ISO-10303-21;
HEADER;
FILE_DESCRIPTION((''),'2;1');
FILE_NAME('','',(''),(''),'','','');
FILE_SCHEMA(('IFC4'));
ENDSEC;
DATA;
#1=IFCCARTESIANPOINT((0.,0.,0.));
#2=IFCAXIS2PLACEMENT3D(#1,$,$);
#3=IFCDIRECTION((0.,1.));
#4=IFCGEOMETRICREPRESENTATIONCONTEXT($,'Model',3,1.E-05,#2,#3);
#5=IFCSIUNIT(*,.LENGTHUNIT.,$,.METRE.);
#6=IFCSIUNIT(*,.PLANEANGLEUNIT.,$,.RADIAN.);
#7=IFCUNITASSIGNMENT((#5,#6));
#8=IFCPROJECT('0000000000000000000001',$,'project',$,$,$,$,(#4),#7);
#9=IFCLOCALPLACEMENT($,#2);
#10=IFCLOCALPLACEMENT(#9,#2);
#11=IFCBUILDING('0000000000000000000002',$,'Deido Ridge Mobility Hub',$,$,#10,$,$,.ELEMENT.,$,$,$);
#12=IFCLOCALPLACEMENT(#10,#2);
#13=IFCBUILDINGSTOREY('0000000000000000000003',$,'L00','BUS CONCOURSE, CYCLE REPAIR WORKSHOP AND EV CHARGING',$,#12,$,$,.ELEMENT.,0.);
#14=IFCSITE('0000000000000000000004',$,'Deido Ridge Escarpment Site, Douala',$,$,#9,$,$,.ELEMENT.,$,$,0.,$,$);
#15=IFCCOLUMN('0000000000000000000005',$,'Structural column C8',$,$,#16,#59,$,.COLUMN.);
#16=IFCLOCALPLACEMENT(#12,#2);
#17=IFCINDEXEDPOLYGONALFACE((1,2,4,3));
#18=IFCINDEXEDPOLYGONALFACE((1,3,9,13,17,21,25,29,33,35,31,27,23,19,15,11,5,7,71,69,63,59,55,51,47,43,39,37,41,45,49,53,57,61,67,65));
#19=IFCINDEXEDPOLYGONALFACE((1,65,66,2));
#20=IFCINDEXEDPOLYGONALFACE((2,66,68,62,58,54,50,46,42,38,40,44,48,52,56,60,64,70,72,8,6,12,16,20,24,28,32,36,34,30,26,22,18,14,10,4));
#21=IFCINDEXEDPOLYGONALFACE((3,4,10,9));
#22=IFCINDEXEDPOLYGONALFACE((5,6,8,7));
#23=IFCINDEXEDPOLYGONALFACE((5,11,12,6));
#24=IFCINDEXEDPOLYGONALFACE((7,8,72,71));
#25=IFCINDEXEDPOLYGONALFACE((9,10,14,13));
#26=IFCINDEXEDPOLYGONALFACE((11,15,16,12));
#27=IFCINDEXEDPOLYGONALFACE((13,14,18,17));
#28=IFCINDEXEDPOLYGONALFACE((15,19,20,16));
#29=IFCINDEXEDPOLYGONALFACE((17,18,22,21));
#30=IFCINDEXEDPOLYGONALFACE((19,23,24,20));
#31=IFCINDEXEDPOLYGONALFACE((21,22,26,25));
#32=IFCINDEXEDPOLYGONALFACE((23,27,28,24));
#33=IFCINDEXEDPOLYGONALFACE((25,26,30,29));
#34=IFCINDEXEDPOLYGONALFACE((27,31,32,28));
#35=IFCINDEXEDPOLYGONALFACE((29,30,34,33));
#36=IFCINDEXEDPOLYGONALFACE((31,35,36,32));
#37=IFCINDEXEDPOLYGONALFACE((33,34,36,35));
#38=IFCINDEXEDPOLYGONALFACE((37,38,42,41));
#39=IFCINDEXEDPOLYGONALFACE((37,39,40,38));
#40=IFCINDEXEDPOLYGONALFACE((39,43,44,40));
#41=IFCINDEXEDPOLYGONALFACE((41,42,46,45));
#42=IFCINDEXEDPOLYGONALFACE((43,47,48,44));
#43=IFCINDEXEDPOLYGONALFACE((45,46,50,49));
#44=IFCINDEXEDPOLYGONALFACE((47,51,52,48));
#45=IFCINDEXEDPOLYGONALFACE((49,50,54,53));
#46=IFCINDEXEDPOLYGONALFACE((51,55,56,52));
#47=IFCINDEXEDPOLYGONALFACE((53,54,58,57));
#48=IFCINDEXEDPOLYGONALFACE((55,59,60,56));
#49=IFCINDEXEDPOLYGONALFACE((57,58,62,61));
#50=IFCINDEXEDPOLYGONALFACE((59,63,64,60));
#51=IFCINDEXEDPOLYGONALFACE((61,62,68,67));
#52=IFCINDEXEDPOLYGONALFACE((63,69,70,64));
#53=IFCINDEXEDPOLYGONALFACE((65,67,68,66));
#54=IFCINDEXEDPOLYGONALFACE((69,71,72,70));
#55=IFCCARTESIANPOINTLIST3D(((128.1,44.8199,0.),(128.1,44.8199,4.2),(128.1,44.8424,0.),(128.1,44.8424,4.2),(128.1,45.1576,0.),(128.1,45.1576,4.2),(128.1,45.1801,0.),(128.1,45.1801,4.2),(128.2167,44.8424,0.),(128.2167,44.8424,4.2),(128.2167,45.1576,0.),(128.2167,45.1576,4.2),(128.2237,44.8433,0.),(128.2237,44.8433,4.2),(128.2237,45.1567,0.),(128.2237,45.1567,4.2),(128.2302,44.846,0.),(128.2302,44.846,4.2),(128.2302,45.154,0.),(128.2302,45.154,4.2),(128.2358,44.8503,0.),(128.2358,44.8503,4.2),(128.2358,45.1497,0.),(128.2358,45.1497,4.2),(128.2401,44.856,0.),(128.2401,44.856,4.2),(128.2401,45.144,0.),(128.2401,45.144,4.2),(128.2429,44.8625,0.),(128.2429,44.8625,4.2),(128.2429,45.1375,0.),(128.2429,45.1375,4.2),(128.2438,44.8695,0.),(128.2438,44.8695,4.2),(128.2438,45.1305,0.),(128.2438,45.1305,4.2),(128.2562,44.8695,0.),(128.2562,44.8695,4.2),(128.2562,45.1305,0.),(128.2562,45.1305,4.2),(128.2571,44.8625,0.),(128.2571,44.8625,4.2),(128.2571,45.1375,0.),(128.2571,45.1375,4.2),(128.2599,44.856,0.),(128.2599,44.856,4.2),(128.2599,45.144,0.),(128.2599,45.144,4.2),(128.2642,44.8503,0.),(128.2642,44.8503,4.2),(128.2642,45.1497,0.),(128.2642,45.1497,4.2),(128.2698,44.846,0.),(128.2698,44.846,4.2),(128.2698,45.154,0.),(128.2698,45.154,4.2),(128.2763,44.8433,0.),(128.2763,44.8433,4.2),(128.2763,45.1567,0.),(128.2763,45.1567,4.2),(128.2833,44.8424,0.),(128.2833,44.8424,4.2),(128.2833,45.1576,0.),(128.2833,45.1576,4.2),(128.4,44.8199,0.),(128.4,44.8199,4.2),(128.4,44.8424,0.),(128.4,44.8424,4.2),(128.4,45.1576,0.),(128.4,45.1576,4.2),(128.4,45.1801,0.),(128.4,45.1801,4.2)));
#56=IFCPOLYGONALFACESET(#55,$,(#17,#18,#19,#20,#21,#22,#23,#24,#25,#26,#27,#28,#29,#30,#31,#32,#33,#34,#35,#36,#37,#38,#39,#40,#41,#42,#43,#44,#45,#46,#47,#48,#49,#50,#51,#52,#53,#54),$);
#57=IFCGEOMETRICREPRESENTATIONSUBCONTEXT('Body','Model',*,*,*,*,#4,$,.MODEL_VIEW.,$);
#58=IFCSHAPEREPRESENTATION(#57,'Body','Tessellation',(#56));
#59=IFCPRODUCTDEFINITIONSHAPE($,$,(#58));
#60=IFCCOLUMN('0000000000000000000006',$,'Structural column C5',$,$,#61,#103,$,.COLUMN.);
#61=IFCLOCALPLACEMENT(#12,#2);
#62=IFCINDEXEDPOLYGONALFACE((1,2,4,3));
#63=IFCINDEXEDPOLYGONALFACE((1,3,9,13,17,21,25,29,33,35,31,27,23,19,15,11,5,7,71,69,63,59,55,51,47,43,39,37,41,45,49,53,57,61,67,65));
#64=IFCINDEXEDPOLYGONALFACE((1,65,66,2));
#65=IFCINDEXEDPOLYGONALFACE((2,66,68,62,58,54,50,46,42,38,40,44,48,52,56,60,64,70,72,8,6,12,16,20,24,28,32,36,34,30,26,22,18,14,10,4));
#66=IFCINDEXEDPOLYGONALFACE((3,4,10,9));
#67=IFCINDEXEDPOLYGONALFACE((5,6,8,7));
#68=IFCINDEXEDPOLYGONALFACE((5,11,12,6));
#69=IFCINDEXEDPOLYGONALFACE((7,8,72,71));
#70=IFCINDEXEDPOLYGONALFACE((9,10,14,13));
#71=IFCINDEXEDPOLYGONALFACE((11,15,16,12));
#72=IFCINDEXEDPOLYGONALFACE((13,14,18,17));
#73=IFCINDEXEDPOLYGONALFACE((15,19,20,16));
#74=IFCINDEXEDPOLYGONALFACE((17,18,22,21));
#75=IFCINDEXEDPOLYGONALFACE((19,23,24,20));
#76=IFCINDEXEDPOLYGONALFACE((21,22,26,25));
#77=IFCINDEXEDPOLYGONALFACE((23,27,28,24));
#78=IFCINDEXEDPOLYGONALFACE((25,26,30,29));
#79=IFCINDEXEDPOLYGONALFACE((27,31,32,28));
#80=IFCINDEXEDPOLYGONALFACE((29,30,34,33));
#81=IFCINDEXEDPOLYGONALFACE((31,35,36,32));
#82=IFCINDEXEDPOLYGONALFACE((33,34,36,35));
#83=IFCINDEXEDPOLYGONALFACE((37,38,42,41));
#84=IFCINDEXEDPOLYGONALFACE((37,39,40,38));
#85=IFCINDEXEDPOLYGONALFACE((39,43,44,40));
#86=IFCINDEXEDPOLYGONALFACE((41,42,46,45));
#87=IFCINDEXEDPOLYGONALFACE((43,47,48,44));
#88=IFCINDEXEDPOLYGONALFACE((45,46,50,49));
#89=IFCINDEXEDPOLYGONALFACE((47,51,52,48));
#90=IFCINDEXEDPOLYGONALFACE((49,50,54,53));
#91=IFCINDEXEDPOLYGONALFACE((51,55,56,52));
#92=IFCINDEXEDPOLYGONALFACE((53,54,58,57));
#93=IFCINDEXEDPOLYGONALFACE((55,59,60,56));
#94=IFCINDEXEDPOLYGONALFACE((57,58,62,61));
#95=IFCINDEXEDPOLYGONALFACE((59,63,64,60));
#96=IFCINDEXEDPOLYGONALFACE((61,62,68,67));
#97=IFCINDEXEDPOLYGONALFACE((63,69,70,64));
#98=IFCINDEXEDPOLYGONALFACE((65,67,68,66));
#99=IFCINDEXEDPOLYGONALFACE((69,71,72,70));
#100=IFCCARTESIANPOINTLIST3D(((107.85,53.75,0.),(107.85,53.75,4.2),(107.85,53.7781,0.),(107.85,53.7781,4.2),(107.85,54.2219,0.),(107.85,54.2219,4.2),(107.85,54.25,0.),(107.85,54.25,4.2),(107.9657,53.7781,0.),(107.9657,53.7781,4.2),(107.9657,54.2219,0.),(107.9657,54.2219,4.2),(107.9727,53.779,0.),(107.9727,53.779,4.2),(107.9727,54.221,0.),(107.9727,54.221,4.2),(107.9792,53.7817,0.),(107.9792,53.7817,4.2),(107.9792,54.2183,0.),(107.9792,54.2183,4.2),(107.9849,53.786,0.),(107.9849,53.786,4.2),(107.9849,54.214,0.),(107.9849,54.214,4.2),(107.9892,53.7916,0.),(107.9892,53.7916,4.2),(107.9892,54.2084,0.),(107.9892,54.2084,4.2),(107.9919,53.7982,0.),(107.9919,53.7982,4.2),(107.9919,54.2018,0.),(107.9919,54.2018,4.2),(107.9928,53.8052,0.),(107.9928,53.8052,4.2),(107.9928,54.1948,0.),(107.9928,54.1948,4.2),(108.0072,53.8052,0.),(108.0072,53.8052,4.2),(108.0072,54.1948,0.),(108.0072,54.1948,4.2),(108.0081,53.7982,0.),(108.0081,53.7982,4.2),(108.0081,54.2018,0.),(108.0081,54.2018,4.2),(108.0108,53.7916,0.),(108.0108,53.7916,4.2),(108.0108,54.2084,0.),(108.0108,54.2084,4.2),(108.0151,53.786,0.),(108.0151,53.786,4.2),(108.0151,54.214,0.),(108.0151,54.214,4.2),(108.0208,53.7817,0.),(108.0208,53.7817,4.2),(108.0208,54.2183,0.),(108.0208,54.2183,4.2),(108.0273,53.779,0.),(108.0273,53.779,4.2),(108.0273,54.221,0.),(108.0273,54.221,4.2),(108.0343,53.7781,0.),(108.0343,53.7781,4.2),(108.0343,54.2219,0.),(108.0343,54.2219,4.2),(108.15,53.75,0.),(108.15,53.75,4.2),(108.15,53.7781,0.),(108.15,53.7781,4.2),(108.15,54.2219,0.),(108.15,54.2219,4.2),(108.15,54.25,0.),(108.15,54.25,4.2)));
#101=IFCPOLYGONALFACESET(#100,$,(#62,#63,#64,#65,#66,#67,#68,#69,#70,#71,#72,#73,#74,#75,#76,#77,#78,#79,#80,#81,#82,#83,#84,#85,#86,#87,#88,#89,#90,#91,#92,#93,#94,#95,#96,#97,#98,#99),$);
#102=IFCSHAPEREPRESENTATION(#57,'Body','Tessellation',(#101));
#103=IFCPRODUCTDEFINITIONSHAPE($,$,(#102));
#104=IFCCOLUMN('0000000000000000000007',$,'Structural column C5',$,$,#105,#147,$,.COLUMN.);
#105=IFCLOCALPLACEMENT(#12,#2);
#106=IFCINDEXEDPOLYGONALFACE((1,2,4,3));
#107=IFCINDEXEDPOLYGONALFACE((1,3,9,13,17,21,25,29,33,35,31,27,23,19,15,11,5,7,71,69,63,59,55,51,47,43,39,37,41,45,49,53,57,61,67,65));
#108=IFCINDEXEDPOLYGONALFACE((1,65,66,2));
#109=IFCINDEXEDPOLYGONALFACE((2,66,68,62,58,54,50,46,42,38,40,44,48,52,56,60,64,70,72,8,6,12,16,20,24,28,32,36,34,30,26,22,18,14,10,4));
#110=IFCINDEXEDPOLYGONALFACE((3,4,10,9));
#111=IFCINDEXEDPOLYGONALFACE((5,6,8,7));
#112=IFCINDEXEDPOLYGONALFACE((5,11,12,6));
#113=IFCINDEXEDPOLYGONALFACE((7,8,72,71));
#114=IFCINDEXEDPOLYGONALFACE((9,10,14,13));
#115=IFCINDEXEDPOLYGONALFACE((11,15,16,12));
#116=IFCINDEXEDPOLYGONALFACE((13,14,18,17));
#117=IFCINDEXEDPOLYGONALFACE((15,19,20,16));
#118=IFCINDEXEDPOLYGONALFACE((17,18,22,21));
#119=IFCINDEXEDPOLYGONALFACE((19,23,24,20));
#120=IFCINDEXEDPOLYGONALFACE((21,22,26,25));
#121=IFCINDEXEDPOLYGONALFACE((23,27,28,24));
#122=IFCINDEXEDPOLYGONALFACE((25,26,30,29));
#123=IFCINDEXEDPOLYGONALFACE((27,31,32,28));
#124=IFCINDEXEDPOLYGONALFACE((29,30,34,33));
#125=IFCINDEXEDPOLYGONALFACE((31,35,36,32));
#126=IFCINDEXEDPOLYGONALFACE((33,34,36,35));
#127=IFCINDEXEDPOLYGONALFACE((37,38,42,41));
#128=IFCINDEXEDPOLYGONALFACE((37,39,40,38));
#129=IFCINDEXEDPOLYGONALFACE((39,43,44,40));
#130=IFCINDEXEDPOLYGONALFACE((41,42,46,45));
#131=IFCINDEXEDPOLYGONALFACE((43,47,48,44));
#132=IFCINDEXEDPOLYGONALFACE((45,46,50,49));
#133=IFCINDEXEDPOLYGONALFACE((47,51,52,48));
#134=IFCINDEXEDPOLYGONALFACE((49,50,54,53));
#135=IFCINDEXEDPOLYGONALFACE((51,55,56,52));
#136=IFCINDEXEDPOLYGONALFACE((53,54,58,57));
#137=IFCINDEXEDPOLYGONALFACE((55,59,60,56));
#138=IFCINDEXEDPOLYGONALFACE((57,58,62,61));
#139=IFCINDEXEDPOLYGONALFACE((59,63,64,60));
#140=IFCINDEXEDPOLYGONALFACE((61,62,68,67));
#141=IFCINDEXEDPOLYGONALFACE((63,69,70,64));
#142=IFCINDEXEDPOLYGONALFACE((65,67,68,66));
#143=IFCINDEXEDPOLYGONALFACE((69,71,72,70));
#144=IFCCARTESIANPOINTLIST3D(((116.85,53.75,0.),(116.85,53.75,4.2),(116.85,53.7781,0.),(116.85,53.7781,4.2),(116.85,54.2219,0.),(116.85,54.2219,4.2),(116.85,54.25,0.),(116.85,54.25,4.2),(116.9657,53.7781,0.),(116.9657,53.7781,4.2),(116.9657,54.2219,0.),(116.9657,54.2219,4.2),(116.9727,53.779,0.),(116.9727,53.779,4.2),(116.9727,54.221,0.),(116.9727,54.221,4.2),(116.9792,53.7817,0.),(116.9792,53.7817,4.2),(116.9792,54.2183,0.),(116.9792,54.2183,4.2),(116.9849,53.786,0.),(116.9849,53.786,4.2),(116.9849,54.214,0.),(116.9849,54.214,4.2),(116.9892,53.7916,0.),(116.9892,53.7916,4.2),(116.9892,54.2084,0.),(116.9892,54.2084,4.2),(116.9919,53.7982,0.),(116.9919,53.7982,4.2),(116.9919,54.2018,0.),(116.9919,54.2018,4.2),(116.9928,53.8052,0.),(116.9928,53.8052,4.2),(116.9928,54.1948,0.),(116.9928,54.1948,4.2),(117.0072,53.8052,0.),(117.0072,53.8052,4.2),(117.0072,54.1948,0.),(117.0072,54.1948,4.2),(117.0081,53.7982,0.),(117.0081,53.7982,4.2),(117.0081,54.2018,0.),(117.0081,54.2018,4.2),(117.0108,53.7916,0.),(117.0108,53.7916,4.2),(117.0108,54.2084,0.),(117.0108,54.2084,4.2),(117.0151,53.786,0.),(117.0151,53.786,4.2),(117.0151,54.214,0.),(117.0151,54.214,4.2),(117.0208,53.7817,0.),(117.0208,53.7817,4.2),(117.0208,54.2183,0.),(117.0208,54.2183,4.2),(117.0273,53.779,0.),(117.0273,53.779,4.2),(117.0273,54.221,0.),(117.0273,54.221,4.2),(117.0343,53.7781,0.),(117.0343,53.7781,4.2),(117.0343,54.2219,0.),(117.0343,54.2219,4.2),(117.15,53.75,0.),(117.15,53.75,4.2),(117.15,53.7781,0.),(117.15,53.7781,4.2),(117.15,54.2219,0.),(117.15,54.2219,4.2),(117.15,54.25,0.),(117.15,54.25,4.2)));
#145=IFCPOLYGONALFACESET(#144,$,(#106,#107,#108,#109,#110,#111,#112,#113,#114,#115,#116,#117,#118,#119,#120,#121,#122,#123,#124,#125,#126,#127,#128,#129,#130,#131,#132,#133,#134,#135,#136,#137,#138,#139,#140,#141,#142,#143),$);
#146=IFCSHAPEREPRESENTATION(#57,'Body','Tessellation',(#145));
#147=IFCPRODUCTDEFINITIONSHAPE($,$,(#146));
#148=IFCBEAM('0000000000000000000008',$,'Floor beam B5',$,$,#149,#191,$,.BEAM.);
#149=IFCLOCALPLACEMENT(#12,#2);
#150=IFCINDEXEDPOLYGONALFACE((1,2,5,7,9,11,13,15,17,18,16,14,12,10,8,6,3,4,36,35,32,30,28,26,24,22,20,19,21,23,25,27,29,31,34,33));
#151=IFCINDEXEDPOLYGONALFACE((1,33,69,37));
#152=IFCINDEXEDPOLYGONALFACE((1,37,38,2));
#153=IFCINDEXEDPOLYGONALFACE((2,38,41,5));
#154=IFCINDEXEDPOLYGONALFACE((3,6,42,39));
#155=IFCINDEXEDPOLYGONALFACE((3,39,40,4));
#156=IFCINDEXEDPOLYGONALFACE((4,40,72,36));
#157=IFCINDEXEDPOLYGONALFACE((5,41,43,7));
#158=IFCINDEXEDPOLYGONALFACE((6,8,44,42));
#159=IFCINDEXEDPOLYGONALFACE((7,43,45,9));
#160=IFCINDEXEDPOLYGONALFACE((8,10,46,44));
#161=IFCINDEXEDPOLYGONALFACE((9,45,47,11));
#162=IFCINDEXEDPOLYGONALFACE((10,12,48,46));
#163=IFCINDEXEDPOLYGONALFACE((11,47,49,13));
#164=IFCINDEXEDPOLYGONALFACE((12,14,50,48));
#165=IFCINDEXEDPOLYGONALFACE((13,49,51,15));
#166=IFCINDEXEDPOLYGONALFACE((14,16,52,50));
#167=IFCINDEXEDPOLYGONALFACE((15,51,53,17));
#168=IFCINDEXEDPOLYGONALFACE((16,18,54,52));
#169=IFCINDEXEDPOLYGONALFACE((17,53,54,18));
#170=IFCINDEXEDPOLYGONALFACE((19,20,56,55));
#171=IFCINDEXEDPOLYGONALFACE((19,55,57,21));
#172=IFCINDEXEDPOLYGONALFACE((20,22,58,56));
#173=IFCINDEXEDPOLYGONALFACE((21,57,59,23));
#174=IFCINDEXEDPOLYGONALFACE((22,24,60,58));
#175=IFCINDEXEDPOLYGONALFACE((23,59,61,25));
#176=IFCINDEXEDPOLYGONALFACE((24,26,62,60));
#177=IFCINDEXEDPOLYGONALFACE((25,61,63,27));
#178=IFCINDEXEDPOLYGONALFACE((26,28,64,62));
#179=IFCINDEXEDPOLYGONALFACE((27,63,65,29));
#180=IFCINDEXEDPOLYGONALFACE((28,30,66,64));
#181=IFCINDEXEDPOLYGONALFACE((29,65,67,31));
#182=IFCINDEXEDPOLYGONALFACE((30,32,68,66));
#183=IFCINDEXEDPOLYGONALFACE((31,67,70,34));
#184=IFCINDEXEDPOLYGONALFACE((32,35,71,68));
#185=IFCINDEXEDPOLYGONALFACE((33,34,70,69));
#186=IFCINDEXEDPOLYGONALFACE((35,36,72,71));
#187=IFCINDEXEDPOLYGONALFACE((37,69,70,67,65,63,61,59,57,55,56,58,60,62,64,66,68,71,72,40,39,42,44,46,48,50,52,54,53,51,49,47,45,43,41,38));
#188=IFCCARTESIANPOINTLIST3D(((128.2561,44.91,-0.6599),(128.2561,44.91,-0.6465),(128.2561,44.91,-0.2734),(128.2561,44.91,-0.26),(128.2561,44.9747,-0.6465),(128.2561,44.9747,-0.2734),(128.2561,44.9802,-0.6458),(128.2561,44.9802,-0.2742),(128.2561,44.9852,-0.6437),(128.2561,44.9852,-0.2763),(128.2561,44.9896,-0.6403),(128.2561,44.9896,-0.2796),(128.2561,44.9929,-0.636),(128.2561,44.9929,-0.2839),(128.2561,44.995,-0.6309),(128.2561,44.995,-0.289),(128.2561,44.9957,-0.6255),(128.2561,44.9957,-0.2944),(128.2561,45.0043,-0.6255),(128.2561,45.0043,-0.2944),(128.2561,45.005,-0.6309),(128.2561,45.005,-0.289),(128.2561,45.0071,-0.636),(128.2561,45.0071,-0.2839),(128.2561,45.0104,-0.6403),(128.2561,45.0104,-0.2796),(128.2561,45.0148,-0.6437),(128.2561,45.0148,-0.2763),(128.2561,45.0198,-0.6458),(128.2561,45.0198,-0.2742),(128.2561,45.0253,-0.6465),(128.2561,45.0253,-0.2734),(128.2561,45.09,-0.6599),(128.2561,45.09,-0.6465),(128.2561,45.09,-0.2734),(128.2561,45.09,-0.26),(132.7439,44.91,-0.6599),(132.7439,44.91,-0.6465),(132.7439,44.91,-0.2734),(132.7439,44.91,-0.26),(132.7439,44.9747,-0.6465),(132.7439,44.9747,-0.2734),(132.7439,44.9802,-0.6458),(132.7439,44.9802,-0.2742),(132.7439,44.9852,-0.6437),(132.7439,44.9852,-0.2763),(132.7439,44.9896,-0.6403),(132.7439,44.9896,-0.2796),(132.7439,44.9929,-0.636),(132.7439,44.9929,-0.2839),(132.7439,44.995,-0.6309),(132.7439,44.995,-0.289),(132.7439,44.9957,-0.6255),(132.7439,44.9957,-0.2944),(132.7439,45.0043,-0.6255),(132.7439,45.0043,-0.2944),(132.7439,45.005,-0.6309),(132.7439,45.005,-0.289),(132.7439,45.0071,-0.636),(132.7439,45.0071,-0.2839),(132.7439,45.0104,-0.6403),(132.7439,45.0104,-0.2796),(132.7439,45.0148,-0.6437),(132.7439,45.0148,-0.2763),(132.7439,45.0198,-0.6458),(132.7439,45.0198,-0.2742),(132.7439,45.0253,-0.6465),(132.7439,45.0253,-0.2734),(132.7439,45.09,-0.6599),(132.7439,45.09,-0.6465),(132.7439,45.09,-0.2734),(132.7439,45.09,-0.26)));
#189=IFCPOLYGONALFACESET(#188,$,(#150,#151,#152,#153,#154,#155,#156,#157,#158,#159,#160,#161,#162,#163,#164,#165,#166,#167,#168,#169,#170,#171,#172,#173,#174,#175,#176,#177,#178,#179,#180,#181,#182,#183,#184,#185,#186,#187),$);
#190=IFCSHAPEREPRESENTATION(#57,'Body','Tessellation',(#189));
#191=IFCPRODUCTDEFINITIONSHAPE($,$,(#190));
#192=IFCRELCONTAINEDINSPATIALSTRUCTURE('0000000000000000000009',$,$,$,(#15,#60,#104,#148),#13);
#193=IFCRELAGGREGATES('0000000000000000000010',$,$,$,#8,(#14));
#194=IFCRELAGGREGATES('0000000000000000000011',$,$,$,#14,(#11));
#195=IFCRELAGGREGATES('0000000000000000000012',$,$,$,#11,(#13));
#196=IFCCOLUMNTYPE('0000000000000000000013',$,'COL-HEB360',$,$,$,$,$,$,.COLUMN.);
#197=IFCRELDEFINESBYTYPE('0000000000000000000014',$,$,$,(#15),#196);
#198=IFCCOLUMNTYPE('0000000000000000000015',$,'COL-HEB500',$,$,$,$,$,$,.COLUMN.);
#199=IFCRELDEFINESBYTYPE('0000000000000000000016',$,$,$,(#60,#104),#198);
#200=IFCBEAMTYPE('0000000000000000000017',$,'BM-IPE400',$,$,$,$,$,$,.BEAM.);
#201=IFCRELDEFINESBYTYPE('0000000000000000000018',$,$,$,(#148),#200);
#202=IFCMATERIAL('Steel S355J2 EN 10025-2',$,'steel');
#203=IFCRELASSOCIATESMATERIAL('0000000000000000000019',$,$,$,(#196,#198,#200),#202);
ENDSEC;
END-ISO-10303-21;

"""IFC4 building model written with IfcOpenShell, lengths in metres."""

from ifc_helpers import new_model, si_unit, direction, frame, origin, origin_2d, place, context, subcontext, project, spatial, i_section, extrude, material, material_profile, profile_set, type_object, element, save


model = new_model("IFC4")

# Units and contexts
model_context = context("Model", 3, precision=1e-05, world=origin(), true_north=direction((0.0, 1.0)))
body_context = subcontext(model_context, "Body", "Model", "MODEL_VIEW")
ifc_project = project(units=[si_unit("LENGTHUNIT", "METRE"), si_unit("PLANEANGLEUNIT", "RADIAN")], contexts=[model_context])

# Site, building, storey
site_placement = place(None, origin())
site = spatial("IfcSite", under=ifc_project, at=site_placement, Name="Deido Ridge Escarpment Site, Douala", CompositionType="ELEMENT", RefElevation=0.0)
building_placement = place(site_placement, origin())
building = spatial("IfcBuilding", under=site, at=building_placement, Name="Deido Ridge Mobility Hub", CompositionType="ELEMENT")
storey_placement = place(building_placement, origin())
storey = spatial("IfcBuildingStorey", under=building, at=storey_placement, Name="L00", Description="BUS CONCOURSE, CYCLE REPAIR WORKSHOP AND EV CHARGING", CompositionType="ELEMENT", Elevation=0.0)

# Columns
ifc_material_1 = material(Name="Steel S355J2 EN 10025-2", Category="steel")
ifc_material_profile_1 = material_profile(ifc_material_1, i_section(OverallWidth=0.3, OverallDepth=0.3601, WebThickness=0.0125, FlangeThickness=0.0225, FilletRadius=0.0271, at=origin_2d()), Name="HEB 360")
ifc_profile_set_1 = profile_set([ifc_material_profile_1], Name="Steel S355J2 EN 10025-2")
column_type_1 = type_object("IfcColumnType", Name="COL-HEB360", PredefinedType="COLUMN", material=ifc_profile_set_1)
column_placement = place(storey_placement, frame((128.25, 45.0, 0.0), z_axis=(0.0, 0.0, 1.0), x_axis=(1.0, 0.0, 0.0)))
element("IfcColumn", 1, at=column_placement, inside=storey, type_object=column_type_1, Name="Structural column C8", PredefinedType="COLUMN", context=body_context, shape_type="SweptSolid", body=[
    extrude(i_section(OverallWidth=0.3, OverallDepth=0.3601, WebThickness=0.0125, FlangeThickness=0.0225, FilletRadius=0.0271, at=origin_2d()), origin(), (0.0, 0.0, 1.0), 4.2),
])
ifc_material_profile_2 = material_profile(ifc_material_1, i_section(OverallWidth=0.3, OverallDepth=0.5, WebThickness=0.0144, FlangeThickness=0.0281, FilletRadius=0.0271, at=origin_2d()), Name="HEB 500")
ifc_profile_set_2 = profile_set([ifc_material_profile_2], Name="Steel S355J2 EN 10025-2")
column_type_2 = type_object("IfcColumnType", Name="COL-HEB500", PredefinedType="COLUMN", material=ifc_profile_set_2)
for number, where, z_axis, x_axis, name in (
    (2, (108.0, 54.0, 0.0), (0.0, 0.0, 1.0), (1.0, 0.0, 0.0), "Structural column C5"),
    (3, (117.0, 54.0, 0.0), (0.0, 0.0, 1.0), (1.0, 0.0, 0.0), "Structural column C5"),
):
    element("IfcColumn", number, at=place(storey_placement, frame(where, z_axis=z_axis, x_axis=x_axis)), inside=storey, type_object=column_type_2, Name=name, PredefinedType="COLUMN", context=body_context, shape_type="SweptSolid", body=[
        extrude(i_section(OverallWidth=0.3, OverallDepth=0.5, WebThickness=0.0144, FlangeThickness=0.0281, FilletRadius=0.0271, at=origin_2d()), origin(), (0.0, 0.0, 1.0), 4.2),
    ])

# Beam
ifc_material_profile_3 = material_profile(ifc_material_1, i_section(OverallWidth=0.1799, OverallDepth=0.3999, WebThickness=0.0085, FlangeThickness=0.0134, FilletRadius=0.021, at=origin_2d()), Name="IPE 400")
ifc_profile_set_3 = profile_set([ifc_material_profile_3], Name="Steel S355J2 EN 10025-2")
beam_type_1 = type_object("IfcBeamType", Name="BM-IPE400", PredefinedType="BEAM", material=ifc_profile_set_3)
beam_1_placement = place(storey_placement, frame((128.2561, 45.0, -0.46), z_axis=(1.0, 0.0, 0.0), x_axis=(0.0, 1.0, 0.0)))
element("IfcBeam", 4, at=beam_1_placement, inside=storey, type_object=beam_type_1, Name="Floor beam B5", PredefinedType="BEAM", context=body_context, shape_type="SweptSolid", body=[
    extrude(i_section(OverallWidth=0.1799, OverallDepth=0.3999, WebThickness=0.0085, FlangeThickness=0.0134, FilletRadius=0.021, at=origin_2d()), origin(), (0.0, 0.0, 1.0), 4.4878),
])

save(model, "model.ifc")
